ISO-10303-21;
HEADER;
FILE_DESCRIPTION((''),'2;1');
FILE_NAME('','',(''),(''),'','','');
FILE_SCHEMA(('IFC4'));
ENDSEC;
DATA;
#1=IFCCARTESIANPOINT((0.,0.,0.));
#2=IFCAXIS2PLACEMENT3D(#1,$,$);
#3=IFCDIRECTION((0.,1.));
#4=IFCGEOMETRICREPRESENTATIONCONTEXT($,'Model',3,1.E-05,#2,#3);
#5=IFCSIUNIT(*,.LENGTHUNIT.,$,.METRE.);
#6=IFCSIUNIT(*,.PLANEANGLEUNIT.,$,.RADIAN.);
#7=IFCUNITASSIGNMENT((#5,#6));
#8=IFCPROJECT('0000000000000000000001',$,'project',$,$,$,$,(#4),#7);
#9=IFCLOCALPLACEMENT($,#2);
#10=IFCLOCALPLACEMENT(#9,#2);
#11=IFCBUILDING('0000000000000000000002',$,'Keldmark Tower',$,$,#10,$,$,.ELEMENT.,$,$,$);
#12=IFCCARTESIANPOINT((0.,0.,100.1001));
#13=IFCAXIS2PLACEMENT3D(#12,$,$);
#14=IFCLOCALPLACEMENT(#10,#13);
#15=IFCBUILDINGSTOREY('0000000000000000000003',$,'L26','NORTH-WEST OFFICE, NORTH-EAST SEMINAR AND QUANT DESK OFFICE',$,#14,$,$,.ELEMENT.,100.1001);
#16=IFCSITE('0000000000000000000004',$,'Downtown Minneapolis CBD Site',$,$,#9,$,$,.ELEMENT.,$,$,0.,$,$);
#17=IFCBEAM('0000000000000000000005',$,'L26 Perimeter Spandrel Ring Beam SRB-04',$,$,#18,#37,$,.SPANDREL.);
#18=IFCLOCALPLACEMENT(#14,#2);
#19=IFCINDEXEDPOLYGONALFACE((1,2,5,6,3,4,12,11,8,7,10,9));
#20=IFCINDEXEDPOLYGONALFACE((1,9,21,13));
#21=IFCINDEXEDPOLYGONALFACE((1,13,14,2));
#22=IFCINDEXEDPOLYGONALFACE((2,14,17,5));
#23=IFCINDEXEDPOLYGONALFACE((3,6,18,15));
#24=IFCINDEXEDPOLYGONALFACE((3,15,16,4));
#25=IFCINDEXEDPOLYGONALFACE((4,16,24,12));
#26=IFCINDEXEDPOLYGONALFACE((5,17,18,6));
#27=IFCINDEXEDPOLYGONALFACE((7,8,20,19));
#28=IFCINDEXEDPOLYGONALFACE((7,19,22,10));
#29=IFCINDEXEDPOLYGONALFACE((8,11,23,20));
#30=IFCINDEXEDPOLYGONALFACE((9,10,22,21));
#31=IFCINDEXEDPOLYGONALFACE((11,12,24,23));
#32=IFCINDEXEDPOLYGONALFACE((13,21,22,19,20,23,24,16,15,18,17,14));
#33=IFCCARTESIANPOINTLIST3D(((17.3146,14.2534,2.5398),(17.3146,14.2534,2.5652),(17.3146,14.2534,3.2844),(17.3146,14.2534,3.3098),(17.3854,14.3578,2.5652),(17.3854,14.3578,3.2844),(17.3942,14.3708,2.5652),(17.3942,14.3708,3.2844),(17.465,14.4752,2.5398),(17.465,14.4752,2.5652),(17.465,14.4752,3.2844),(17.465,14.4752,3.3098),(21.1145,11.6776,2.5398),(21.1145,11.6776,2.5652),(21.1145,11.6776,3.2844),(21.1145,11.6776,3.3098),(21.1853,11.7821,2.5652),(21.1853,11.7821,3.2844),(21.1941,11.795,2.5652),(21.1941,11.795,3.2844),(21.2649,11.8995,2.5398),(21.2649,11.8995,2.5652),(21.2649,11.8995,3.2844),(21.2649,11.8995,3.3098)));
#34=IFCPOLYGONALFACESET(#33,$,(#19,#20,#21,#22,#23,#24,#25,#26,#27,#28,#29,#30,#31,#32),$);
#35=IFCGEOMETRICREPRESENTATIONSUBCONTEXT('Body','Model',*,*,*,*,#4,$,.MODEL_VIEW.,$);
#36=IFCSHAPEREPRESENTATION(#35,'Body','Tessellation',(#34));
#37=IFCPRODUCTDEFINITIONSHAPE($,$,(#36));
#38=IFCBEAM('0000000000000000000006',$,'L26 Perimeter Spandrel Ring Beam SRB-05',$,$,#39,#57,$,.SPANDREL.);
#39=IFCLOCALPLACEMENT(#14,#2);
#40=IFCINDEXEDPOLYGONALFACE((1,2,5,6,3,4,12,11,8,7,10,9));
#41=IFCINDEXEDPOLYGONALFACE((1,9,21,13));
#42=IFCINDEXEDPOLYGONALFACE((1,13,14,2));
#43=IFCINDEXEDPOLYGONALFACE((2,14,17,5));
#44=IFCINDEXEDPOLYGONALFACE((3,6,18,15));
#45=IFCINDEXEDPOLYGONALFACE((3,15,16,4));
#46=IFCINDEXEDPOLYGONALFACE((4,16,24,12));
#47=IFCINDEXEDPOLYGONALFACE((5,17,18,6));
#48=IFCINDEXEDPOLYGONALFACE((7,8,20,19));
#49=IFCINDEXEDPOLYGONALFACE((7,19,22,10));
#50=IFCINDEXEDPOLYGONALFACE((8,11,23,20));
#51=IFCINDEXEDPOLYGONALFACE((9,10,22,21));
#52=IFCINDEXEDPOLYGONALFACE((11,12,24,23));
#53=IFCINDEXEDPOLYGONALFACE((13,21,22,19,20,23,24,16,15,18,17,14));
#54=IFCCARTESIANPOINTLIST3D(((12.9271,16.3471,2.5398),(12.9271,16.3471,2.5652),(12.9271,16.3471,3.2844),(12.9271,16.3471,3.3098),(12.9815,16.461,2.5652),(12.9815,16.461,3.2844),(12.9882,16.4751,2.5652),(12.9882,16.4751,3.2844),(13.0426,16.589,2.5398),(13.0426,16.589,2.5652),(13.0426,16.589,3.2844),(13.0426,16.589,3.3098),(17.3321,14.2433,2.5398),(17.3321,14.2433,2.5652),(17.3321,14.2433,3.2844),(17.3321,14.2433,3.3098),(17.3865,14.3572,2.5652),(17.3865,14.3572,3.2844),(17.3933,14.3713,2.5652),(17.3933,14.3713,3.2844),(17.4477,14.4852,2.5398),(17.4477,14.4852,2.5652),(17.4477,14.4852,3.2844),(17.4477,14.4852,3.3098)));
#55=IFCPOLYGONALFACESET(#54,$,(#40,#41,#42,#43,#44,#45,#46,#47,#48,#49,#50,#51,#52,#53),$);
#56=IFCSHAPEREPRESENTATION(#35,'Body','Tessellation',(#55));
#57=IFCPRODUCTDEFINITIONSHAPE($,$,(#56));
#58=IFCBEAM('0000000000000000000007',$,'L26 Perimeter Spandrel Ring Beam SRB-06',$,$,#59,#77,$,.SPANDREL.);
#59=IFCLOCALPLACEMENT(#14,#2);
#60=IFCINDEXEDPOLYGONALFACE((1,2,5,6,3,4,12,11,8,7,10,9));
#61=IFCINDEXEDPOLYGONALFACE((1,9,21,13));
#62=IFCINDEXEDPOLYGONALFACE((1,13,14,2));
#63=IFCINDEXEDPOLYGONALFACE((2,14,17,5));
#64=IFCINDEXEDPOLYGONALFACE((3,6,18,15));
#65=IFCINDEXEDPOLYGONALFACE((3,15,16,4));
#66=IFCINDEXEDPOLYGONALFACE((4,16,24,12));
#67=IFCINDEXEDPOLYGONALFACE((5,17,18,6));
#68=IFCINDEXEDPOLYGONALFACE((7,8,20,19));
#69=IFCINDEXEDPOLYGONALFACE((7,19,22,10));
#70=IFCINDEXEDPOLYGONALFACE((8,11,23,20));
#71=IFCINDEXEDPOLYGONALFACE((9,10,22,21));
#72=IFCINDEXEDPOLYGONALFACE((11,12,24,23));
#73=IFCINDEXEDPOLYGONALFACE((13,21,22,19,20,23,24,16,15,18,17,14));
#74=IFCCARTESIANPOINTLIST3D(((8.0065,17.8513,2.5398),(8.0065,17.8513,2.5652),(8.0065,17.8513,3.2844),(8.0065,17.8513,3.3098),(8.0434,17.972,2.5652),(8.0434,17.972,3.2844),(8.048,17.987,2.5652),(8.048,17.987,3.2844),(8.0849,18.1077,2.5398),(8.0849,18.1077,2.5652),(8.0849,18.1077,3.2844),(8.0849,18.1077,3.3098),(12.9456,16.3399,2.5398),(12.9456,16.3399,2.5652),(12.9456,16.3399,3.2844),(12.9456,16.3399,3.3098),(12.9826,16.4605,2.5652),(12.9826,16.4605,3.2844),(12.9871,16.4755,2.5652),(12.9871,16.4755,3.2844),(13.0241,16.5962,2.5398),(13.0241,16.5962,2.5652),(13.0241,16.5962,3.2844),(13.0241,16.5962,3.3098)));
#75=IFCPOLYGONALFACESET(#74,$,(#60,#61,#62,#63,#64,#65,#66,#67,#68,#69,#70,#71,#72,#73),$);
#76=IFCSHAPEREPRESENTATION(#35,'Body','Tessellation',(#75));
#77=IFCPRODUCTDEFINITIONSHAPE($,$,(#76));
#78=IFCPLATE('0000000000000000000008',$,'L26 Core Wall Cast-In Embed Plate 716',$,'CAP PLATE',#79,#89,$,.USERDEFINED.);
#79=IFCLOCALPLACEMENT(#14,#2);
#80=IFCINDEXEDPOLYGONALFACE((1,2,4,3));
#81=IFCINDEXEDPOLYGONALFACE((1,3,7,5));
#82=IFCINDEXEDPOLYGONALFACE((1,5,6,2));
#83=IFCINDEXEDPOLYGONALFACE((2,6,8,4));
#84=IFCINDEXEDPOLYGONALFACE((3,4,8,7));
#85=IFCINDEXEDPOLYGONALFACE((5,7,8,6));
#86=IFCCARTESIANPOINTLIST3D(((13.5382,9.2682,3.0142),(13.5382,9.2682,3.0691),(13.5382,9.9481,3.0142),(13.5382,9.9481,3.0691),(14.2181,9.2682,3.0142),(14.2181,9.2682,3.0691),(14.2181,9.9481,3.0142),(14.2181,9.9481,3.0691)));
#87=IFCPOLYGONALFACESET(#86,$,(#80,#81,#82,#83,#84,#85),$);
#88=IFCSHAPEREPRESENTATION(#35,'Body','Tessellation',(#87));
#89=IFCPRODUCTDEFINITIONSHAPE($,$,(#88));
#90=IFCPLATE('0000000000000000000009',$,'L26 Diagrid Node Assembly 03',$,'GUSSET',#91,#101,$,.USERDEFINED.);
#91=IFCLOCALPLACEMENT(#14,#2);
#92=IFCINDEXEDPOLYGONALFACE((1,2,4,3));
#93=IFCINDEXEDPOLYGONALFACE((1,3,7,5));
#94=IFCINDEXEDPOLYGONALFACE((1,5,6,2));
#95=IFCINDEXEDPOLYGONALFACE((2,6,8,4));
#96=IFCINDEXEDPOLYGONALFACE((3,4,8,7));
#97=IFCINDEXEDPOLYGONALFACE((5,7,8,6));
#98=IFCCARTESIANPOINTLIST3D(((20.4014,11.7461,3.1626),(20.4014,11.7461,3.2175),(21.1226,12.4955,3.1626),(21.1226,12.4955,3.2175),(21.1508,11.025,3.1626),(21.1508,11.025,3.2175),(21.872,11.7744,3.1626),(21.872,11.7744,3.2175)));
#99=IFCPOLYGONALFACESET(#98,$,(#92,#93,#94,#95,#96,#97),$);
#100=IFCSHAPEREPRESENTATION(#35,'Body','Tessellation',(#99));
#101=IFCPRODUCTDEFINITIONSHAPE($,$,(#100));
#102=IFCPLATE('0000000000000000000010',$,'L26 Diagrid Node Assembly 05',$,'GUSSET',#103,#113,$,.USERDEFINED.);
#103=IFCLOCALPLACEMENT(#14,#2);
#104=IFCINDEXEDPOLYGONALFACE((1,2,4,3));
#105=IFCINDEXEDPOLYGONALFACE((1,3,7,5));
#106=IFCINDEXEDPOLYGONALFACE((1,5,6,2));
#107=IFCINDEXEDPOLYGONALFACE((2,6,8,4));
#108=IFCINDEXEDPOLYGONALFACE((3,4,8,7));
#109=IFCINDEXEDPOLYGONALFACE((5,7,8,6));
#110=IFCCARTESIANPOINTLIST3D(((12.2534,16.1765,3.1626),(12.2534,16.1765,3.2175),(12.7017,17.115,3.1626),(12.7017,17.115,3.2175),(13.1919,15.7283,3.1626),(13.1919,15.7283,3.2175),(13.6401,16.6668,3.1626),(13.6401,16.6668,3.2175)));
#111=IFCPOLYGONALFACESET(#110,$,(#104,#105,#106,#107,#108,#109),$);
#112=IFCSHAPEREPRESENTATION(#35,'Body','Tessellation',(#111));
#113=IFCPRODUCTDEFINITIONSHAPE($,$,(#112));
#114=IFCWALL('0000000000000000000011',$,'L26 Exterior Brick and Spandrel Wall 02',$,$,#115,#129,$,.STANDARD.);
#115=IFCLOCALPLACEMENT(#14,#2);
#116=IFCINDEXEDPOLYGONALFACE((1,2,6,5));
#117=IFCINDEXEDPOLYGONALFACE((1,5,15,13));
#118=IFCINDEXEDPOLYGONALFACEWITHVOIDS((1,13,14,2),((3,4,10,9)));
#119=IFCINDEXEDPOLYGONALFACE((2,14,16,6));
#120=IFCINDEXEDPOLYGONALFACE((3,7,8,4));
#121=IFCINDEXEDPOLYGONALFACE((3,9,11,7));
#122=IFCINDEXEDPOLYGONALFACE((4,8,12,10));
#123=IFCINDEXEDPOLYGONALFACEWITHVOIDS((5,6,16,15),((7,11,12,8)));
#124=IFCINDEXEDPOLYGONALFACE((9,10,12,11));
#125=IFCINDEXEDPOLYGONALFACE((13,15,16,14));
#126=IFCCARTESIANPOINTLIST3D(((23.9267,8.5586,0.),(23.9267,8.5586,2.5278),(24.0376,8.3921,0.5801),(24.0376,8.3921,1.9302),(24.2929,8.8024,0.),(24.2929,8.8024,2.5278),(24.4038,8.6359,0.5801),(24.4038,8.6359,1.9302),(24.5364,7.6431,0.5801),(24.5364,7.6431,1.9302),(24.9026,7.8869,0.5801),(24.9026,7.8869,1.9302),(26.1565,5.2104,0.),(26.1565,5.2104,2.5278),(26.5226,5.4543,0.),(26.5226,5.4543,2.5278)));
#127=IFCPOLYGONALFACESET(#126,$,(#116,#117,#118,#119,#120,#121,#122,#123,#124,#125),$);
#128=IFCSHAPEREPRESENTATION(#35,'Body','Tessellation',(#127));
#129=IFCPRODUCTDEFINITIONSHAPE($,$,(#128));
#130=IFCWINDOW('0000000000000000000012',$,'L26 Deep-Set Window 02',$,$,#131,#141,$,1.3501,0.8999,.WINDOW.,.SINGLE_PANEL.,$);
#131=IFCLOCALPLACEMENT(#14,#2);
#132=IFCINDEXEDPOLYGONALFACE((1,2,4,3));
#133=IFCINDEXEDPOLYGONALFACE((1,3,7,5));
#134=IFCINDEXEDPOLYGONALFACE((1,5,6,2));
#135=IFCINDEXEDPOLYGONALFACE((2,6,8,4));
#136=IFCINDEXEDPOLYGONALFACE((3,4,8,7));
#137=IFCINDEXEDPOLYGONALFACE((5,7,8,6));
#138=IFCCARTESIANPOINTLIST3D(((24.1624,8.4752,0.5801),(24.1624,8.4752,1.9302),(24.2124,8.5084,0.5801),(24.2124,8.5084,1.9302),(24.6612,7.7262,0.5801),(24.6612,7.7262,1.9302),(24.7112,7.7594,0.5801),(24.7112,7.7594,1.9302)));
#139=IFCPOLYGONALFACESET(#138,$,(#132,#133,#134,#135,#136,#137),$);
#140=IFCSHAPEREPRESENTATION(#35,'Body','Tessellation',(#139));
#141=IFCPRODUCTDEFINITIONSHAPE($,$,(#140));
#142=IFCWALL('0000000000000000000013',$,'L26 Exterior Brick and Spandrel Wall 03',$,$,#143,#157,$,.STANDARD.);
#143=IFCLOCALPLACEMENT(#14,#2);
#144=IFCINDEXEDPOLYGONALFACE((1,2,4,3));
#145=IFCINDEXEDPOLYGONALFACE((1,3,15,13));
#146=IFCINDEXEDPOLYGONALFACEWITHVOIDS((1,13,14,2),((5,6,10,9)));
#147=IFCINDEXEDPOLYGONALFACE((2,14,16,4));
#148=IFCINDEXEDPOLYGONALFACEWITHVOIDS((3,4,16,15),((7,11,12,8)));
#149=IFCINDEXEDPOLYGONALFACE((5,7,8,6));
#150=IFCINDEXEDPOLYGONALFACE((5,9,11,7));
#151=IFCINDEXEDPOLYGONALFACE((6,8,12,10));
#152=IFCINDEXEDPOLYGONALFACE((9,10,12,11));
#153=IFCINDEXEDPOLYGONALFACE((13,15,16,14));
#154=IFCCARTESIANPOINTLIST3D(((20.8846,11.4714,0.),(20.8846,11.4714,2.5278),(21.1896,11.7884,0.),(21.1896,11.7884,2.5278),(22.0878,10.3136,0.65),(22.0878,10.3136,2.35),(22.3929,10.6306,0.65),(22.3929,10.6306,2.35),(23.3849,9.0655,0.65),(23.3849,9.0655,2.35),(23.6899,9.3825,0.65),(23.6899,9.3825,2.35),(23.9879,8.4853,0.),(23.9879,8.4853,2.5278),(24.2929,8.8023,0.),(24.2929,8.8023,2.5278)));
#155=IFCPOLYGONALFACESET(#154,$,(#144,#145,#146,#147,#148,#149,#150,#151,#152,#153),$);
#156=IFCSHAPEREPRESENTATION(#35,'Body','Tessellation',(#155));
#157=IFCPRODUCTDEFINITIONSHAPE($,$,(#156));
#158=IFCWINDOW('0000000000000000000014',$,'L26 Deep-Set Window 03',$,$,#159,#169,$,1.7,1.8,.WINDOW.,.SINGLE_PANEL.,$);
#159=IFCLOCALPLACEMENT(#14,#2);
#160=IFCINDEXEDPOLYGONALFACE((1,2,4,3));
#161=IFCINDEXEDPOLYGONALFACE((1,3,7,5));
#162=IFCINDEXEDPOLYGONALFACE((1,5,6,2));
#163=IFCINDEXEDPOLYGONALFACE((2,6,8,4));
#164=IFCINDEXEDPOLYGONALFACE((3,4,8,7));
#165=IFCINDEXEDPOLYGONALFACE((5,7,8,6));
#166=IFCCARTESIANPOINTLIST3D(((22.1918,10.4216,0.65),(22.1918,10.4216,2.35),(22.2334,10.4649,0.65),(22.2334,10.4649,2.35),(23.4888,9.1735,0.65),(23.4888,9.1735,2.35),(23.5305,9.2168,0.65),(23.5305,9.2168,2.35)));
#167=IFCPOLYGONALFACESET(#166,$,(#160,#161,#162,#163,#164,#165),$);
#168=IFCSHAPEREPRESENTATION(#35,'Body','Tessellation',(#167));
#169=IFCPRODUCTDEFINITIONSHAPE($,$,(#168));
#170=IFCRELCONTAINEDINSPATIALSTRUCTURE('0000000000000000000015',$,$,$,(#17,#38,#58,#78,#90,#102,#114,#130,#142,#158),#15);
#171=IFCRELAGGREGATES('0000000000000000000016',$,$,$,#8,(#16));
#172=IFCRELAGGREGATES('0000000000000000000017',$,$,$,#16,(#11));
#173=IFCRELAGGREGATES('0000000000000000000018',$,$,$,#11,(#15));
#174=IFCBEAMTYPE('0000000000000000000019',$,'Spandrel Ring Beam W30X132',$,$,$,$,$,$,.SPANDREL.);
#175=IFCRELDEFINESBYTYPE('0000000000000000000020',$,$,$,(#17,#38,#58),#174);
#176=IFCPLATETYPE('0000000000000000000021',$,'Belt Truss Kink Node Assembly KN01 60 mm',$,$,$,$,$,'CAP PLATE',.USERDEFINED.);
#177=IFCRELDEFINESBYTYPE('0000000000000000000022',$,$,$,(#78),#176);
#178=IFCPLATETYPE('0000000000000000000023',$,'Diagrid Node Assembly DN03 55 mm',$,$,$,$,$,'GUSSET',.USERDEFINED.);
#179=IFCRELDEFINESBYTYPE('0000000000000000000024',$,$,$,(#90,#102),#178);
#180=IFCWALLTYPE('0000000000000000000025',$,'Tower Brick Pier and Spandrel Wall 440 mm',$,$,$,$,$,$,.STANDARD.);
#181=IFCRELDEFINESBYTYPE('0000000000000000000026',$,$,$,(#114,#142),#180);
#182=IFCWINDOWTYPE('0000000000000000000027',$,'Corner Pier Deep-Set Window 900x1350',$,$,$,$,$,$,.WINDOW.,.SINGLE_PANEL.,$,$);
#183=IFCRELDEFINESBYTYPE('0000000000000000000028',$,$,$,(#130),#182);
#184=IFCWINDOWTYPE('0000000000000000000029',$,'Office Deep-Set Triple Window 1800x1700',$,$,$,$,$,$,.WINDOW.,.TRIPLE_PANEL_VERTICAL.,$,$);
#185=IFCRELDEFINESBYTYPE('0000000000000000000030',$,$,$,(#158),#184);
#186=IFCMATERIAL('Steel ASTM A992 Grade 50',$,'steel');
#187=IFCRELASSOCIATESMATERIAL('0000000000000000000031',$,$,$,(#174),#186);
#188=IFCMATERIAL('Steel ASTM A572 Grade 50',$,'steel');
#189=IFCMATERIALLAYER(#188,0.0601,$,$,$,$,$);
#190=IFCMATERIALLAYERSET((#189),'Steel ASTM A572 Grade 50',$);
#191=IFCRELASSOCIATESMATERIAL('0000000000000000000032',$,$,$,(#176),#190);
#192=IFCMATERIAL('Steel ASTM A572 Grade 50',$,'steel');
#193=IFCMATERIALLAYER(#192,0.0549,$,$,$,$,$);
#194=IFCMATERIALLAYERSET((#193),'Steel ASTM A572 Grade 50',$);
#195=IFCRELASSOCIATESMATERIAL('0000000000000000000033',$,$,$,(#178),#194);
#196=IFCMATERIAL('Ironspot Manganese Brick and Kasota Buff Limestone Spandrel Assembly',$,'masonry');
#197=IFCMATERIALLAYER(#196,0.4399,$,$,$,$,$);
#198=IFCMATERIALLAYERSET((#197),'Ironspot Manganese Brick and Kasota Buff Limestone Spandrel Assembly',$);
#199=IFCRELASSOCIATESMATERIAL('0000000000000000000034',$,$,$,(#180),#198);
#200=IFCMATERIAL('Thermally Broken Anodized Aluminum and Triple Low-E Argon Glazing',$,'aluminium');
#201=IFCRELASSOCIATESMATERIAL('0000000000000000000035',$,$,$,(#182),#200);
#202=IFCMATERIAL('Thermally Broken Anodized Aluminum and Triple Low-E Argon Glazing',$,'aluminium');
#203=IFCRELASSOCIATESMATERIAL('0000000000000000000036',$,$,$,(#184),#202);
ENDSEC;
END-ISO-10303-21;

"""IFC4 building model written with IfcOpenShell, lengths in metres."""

from ifc_helpers import new_model, si_unit, direction, frame, frame_2d, origin, origin_2d, place, context, subcontext, project, spatial, rectangle, i_section, extrude, material, layer, layer_set, material_profile, profile_set, type_object, element, fill, save


model = new_model("IFC4")

# Units and contexts
model_context = context("Model", 3, precision=1e-05, world=origin(), true_north=direction((0.0, 1.0)))
body_context = subcontext(model_context, "Body", "Model", "MODEL_VIEW")
ifc_project = project(units=[si_unit("LENGTHUNIT", "METRE"), si_unit("PLANEANGLEUNIT", "RADIAN")], contexts=[model_context])

# Site, building, storey
site_placement = place(None, origin())
site = spatial("IfcSite", under=ifc_project, at=site_placement, Name="Downtown Minneapolis CBD Site", CompositionType="ELEMENT", RefElevation=0.0)
building_placement = place(site_placement, origin())
building = spatial("IfcBuilding", under=site, at=building_placement, Name="Keldmark Tower", CompositionType="ELEMENT")
storey_placement = place(building_placement, frame((0.0, 0.0, 100.1001)))
storey = spatial("IfcBuildingStorey", under=building, at=storey_placement, Name="L26", Description="NORTH-WEST OFFICE, NORTH-EAST SEMINAR AND QUANT DESK OFFICE", CompositionType="ELEMENT", Elevation=100.1001)

# Beams
ifc_material_1 = material(Name="Steel ASTM A992 Grade 50", Category="steel")
ifc_material_profile_1 = material_profile(ifc_material_1, i_section(OverallWidth=0.2681, OverallDepth=0.77, WebThickness=0.0156, FlangeThickness=0.0254, at=origin_2d()), Name="W30X132")
ifc_profile_set_1 = profile_set([ifc_material_profile_1], Name="Steel ASTM A992 Grade 50")
beam_type_1 = type_object("IfcBeamType", Name="Spandrel Ring Beam W30X132", PredefinedType="SPANDREL", material=ifc_profile_set_1)
beam_1_placement = place(storey_placement, frame((21.1897, 11.7886, 2.9248), z_axis=(-0.827755, 0.56109, 0.0), x_axis=(-0.56109, -0.827755, 0.0)))
element("IfcBeam", 1, at=beam_1_placement, inside=storey, type_object=beam_type_1, Name="L26 Perimeter Spandrel Ring Beam SRB-04", PredefinedType="SPANDREL", context=body_context, shape_type="SweptSolid", body=[
    extrude(i_section(OverallWidth=0.2681, OverallDepth=0.77, WebThickness=0.0156, FlangeThickness=0.0254, at=origin_2d()), origin(), (0.0, 0.0, 1.0), 4.5906),
])
beam_2_placement = place(storey_placement, frame((17.3899, 14.3643, 2.9248), z_axis=(-0.902373, 0.430956, 0.0), x_axis=(-0.430956, -0.902373, 0.0)))
element("IfcBeam", 2, at=beam_2_placement, inside=storey, type_object=beam_type_1, Name="L26 Perimeter Spandrel Ring Beam SRB-05", PredefinedType="SPANDREL", context=body_context, shape_type="SweptSolid", body=[
    extrude(i_section(OverallWidth=0.2681, OverallDepth=0.77, WebThickness=0.0156, FlangeThickness=0.0254, at=origin_2d()), origin(), (0.0, 0.0, 1.0), 4.8816),
])
beam_3_placement = place(storey_placement, frame((12.9849, 16.468, 2.9248), z_axis=(-0.956229, 0.292621, 0.0), x_axis=(-0.292621, -0.956229, 0.0)))
element("IfcBeam", 3, at=beam_3_placement, inside=storey, type_object=beam_type_1, Name="L26 Perimeter Spandrel Ring Beam SRB-06", PredefinedType="SPANDREL", context=body_context, shape_type="SweptSolid", body=[
    extrude(i_section(OverallWidth=0.2681, OverallDepth=0.77, WebThickness=0.0156, FlangeThickness=0.0254, at=origin_2d()), origin(), (0.0, 0.0, 1.0), 5.1653),
])

# Plates
ifc_material_2 = material(Name="Steel ASTM A572 Grade 50", Category="steel")
ifc_layer_1 = layer(ifc_material_2, 0.0601)
ifc_layer_set_1 = layer_set([ifc_layer_1], Name="Steel ASTM A572 Grade 50")
plate_type_1 = type_object("IfcPlateType", Name="Belt Truss Kink Node Assembly KN01 60 mm", ElementType="CAP PLATE", PredefinedType="USERDEFINED", material=ifc_layer_set_1)
plate_placement = place(storey_placement, frame((13.8782, 9.6082, 3.0142), z_axis=(0.0, 0.0, 1.0), x_axis=(1.0, 0.0, 0.0)))
element("IfcPlate", 4, at=plate_placement, inside=storey, type_object=plate_type_1, Name="L26 Core Wall Cast-In Embed Plate 716", ObjectType="CAP PLATE", PredefinedType="USERDEFINED", context=body_context, shape_type="SweptSolid", body=[
    extrude(rectangle(XDim=0.6799, YDim=0.6799, at=origin_2d()), origin(), (0.0, 0.0, 1.0), 0.0549),
])
ifc_material_3 = material(Name="Steel ASTM A572 Grade 50", Category="steel")
ifc_layer_2 = layer(ifc_material_3, 0.0549)
ifc_layer_set_2 = layer_set([ifc_layer_2], Name="Steel ASTM A572 Grade 50")
plate_type_2 = type_object("IfcPlateType", Name="Diagrid Node Assembly DN03 55 mm", ElementType="GUSSET", PredefinedType="USERDEFINED", material=ifc_layer_set_2)
for number, where, z_axis, x_axis, name in (
    (5, (21.1367, 11.7603, 3.1626), (0.0, 0.0, 1.0), (-0.720551, 0.693402, 0.0), "L26 Diagrid Node Assembly 03"),
    (6, (12.9468, 16.4216, 3.1626), (0.0, 0.0, 1.0), (-0.90236, 0.430984, 0.0), "L26 Diagrid Node Assembly 05"),
):
    element("IfcPlate", number, at=place(storey_placement, frame(where, z_axis=z_axis, x_axis=x_axis)), inside=storey, type_object=plate_type_2, Name=name, ObjectType="GUSSET", PredefinedType="USERDEFINED", context=body_context, shape_type="SweptSolid", body=[
        extrude(rectangle(XDim=1.04, YDim=1.04, at=origin_2d()), origin(), (0.0, 0.0, 1.0), 0.0549),
    ])

# Walls, openings, windows
ifc_material_4 = material(Name="Ironspot Manganese Brick and Kasota Buff Limestone Spandrel Assembly", Category="masonry")
ifc_layer_3 = layer(ifc_material_4, 0.4399)
ifc_layer_set_3 = layer_set([ifc_layer_3], Name="Ironspot Manganese Brick and Kasota Buff Limestone Spandrel Assembly")
wall_type = type_object("IfcWallType", Name="Tower Brick Pier and Spandrel Wall 440 mm", PredefinedType="STANDARD", material=ifc_layer_set_3)
wall_1_placement = place(storey_placement, frame((24.1099, 8.6804, 0.0), z_axis=(0.0, 0.0, 1.0), x_axis=(0.554294, -0.832321, 0.0)))
wall_1 = element("IfcWall", 7, at=wall_1_placement, inside=storey, type_object=wall_type, Name="L26 Exterior Brick and Spandrel Wall 02", PredefinedType="STANDARD", context=body_context, shape_type="SweptSolid", body=[
    extrude(rectangle(XDim=4.0227, YDim=0.4399, at=frame_2d((2.0112, 0.0))), origin(), (0.0, 0.0, 1.0), 2.5278),
])
opening_1_placement = place(wall_1_placement, frame((0.2, 0.0, 0.5801)))
opening_1 = element("IfcOpeningElement", 8, at=opening_1_placement, cuts=wall_1, PredefinedType="OPENING", context=body_context, shape_type="SweptSolid", body=[
    extrude(rectangle(XDim=0.8999, YDim=1.3501, at=frame_2d((0.45, 0.675))), frame((0.0, 0.23, 0.0), z_axis=(0.0, -1.0, 0.0), x_axis=(1.0, 0.0, 0.0)), (0.0, 0.0, 1.0), 0.46),
])
ifc_material_5 = material(Name="Thermally Broken Anodized Aluminum and Triple Low-E Argon Glazing", Category="aluminium")
window_type_1 = type_object("IfcWindowType", Name="Corner Pier Deep-Set Window 900x1350", PartitioningType="SINGLE_PANEL", PredefinedType="WINDOW", material=ifc_material_5)
window_1_placement = place(opening_1_placement, origin())
window_1 = element("IfcWindow", 9, at=window_1_placement, inside=storey, type_object=window_type_1, Name="L26 Deep-Set Window 02", OverallHeight=1.3501, OverallWidth=0.8999, PartitioningType="SINGLE_PANEL", PredefinedType="WINDOW", context=body_context, shape_type="SweptSolid", body=[
    extrude(rectangle(XDim=0.8999, YDim=1.3501, at=frame_2d((0.45, 0.675))), frame((0.0, -0.01, 0.0), z_axis=(0.0, -1.0, 0.0), x_axis=(1.0, 0.0, 0.0)), (0.0, 0.0, 1.0), 0.0601),
])
fill(opening_1, window_1)
wall_2_placement = place(storey_placement, frame((21.0371, 11.6299, 0.0), z_axis=(0.0, 0.0, 1.0), x_axis=(0.720581, -0.69337, 0.0)))
wall_2 = element("IfcWall", 10, at=wall_2_placement, inside=storey, type_object=wall_type, Name="L26 Exterior Brick and Spandrel Wall 03", PredefinedType="STANDARD", context=body_context, shape_type="SweptSolid", body=[
    extrude(rectangle(XDim=4.3066, YDim=0.4399, at=frame_2d((2.1533, 0.0))), origin(), (0.0, 0.0, 1.0), 2.5278),
])
opening_2_placement = place(wall_2_placement, frame((1.6699, 0.0, 0.6499)))
opening_2 = element("IfcOpeningElement", 11, at=opening_2_placement, cuts=wall_2, PredefinedType="OPENING", context=body_context, shape_type="SweptSolid", body=[
    extrude(rectangle(XDim=1.8, YDim=1.7, at=frame_2d((0.8999, 0.8501))), frame((0.0, 0.23, 0.0), z_axis=(0.0, -1.0, 0.0), x_axis=(1.0, 0.0, 0.0)), (0.0, 0.0, 1.0), 0.46),
])
ifc_material_6 = material(Name="Thermally Broken Anodized Aluminum and Triple Low-E Argon Glazing", Category="aluminium")
window_type_2 = type_object("IfcWindowType", Name="Office Deep-Set Triple Window 1800x1700", PartitioningType="TRIPLE_PANEL_VERTICAL", PredefinedType="WINDOW", material=ifc_material_6)
window_2_placement = place(opening_2_placement, origin())
window_2 = element("IfcWindow", 12, at=window_2_placement, inside=storey, type_object=window_type_2, Name="L26 Deep-Set Window 03", OverallHeight=1.7, OverallWidth=1.8, PartitioningType="SINGLE_PANEL", PredefinedType="WINDOW", context=body_context, shape_type="SweptSolid", body=[
    extrude(rectangle(XDim=1.8, YDim=1.7, at=frame_2d((0.8999, 0.8501))), frame((0.0, -0.01, 0.0), z_axis=(0.0, -1.0, 0.0), x_axis=(1.0, 0.0, 0.0)), (0.0, 0.0, 1.0), 0.0601),
])
fill(opening_2, window_2)

save(model, "model.ifc")
